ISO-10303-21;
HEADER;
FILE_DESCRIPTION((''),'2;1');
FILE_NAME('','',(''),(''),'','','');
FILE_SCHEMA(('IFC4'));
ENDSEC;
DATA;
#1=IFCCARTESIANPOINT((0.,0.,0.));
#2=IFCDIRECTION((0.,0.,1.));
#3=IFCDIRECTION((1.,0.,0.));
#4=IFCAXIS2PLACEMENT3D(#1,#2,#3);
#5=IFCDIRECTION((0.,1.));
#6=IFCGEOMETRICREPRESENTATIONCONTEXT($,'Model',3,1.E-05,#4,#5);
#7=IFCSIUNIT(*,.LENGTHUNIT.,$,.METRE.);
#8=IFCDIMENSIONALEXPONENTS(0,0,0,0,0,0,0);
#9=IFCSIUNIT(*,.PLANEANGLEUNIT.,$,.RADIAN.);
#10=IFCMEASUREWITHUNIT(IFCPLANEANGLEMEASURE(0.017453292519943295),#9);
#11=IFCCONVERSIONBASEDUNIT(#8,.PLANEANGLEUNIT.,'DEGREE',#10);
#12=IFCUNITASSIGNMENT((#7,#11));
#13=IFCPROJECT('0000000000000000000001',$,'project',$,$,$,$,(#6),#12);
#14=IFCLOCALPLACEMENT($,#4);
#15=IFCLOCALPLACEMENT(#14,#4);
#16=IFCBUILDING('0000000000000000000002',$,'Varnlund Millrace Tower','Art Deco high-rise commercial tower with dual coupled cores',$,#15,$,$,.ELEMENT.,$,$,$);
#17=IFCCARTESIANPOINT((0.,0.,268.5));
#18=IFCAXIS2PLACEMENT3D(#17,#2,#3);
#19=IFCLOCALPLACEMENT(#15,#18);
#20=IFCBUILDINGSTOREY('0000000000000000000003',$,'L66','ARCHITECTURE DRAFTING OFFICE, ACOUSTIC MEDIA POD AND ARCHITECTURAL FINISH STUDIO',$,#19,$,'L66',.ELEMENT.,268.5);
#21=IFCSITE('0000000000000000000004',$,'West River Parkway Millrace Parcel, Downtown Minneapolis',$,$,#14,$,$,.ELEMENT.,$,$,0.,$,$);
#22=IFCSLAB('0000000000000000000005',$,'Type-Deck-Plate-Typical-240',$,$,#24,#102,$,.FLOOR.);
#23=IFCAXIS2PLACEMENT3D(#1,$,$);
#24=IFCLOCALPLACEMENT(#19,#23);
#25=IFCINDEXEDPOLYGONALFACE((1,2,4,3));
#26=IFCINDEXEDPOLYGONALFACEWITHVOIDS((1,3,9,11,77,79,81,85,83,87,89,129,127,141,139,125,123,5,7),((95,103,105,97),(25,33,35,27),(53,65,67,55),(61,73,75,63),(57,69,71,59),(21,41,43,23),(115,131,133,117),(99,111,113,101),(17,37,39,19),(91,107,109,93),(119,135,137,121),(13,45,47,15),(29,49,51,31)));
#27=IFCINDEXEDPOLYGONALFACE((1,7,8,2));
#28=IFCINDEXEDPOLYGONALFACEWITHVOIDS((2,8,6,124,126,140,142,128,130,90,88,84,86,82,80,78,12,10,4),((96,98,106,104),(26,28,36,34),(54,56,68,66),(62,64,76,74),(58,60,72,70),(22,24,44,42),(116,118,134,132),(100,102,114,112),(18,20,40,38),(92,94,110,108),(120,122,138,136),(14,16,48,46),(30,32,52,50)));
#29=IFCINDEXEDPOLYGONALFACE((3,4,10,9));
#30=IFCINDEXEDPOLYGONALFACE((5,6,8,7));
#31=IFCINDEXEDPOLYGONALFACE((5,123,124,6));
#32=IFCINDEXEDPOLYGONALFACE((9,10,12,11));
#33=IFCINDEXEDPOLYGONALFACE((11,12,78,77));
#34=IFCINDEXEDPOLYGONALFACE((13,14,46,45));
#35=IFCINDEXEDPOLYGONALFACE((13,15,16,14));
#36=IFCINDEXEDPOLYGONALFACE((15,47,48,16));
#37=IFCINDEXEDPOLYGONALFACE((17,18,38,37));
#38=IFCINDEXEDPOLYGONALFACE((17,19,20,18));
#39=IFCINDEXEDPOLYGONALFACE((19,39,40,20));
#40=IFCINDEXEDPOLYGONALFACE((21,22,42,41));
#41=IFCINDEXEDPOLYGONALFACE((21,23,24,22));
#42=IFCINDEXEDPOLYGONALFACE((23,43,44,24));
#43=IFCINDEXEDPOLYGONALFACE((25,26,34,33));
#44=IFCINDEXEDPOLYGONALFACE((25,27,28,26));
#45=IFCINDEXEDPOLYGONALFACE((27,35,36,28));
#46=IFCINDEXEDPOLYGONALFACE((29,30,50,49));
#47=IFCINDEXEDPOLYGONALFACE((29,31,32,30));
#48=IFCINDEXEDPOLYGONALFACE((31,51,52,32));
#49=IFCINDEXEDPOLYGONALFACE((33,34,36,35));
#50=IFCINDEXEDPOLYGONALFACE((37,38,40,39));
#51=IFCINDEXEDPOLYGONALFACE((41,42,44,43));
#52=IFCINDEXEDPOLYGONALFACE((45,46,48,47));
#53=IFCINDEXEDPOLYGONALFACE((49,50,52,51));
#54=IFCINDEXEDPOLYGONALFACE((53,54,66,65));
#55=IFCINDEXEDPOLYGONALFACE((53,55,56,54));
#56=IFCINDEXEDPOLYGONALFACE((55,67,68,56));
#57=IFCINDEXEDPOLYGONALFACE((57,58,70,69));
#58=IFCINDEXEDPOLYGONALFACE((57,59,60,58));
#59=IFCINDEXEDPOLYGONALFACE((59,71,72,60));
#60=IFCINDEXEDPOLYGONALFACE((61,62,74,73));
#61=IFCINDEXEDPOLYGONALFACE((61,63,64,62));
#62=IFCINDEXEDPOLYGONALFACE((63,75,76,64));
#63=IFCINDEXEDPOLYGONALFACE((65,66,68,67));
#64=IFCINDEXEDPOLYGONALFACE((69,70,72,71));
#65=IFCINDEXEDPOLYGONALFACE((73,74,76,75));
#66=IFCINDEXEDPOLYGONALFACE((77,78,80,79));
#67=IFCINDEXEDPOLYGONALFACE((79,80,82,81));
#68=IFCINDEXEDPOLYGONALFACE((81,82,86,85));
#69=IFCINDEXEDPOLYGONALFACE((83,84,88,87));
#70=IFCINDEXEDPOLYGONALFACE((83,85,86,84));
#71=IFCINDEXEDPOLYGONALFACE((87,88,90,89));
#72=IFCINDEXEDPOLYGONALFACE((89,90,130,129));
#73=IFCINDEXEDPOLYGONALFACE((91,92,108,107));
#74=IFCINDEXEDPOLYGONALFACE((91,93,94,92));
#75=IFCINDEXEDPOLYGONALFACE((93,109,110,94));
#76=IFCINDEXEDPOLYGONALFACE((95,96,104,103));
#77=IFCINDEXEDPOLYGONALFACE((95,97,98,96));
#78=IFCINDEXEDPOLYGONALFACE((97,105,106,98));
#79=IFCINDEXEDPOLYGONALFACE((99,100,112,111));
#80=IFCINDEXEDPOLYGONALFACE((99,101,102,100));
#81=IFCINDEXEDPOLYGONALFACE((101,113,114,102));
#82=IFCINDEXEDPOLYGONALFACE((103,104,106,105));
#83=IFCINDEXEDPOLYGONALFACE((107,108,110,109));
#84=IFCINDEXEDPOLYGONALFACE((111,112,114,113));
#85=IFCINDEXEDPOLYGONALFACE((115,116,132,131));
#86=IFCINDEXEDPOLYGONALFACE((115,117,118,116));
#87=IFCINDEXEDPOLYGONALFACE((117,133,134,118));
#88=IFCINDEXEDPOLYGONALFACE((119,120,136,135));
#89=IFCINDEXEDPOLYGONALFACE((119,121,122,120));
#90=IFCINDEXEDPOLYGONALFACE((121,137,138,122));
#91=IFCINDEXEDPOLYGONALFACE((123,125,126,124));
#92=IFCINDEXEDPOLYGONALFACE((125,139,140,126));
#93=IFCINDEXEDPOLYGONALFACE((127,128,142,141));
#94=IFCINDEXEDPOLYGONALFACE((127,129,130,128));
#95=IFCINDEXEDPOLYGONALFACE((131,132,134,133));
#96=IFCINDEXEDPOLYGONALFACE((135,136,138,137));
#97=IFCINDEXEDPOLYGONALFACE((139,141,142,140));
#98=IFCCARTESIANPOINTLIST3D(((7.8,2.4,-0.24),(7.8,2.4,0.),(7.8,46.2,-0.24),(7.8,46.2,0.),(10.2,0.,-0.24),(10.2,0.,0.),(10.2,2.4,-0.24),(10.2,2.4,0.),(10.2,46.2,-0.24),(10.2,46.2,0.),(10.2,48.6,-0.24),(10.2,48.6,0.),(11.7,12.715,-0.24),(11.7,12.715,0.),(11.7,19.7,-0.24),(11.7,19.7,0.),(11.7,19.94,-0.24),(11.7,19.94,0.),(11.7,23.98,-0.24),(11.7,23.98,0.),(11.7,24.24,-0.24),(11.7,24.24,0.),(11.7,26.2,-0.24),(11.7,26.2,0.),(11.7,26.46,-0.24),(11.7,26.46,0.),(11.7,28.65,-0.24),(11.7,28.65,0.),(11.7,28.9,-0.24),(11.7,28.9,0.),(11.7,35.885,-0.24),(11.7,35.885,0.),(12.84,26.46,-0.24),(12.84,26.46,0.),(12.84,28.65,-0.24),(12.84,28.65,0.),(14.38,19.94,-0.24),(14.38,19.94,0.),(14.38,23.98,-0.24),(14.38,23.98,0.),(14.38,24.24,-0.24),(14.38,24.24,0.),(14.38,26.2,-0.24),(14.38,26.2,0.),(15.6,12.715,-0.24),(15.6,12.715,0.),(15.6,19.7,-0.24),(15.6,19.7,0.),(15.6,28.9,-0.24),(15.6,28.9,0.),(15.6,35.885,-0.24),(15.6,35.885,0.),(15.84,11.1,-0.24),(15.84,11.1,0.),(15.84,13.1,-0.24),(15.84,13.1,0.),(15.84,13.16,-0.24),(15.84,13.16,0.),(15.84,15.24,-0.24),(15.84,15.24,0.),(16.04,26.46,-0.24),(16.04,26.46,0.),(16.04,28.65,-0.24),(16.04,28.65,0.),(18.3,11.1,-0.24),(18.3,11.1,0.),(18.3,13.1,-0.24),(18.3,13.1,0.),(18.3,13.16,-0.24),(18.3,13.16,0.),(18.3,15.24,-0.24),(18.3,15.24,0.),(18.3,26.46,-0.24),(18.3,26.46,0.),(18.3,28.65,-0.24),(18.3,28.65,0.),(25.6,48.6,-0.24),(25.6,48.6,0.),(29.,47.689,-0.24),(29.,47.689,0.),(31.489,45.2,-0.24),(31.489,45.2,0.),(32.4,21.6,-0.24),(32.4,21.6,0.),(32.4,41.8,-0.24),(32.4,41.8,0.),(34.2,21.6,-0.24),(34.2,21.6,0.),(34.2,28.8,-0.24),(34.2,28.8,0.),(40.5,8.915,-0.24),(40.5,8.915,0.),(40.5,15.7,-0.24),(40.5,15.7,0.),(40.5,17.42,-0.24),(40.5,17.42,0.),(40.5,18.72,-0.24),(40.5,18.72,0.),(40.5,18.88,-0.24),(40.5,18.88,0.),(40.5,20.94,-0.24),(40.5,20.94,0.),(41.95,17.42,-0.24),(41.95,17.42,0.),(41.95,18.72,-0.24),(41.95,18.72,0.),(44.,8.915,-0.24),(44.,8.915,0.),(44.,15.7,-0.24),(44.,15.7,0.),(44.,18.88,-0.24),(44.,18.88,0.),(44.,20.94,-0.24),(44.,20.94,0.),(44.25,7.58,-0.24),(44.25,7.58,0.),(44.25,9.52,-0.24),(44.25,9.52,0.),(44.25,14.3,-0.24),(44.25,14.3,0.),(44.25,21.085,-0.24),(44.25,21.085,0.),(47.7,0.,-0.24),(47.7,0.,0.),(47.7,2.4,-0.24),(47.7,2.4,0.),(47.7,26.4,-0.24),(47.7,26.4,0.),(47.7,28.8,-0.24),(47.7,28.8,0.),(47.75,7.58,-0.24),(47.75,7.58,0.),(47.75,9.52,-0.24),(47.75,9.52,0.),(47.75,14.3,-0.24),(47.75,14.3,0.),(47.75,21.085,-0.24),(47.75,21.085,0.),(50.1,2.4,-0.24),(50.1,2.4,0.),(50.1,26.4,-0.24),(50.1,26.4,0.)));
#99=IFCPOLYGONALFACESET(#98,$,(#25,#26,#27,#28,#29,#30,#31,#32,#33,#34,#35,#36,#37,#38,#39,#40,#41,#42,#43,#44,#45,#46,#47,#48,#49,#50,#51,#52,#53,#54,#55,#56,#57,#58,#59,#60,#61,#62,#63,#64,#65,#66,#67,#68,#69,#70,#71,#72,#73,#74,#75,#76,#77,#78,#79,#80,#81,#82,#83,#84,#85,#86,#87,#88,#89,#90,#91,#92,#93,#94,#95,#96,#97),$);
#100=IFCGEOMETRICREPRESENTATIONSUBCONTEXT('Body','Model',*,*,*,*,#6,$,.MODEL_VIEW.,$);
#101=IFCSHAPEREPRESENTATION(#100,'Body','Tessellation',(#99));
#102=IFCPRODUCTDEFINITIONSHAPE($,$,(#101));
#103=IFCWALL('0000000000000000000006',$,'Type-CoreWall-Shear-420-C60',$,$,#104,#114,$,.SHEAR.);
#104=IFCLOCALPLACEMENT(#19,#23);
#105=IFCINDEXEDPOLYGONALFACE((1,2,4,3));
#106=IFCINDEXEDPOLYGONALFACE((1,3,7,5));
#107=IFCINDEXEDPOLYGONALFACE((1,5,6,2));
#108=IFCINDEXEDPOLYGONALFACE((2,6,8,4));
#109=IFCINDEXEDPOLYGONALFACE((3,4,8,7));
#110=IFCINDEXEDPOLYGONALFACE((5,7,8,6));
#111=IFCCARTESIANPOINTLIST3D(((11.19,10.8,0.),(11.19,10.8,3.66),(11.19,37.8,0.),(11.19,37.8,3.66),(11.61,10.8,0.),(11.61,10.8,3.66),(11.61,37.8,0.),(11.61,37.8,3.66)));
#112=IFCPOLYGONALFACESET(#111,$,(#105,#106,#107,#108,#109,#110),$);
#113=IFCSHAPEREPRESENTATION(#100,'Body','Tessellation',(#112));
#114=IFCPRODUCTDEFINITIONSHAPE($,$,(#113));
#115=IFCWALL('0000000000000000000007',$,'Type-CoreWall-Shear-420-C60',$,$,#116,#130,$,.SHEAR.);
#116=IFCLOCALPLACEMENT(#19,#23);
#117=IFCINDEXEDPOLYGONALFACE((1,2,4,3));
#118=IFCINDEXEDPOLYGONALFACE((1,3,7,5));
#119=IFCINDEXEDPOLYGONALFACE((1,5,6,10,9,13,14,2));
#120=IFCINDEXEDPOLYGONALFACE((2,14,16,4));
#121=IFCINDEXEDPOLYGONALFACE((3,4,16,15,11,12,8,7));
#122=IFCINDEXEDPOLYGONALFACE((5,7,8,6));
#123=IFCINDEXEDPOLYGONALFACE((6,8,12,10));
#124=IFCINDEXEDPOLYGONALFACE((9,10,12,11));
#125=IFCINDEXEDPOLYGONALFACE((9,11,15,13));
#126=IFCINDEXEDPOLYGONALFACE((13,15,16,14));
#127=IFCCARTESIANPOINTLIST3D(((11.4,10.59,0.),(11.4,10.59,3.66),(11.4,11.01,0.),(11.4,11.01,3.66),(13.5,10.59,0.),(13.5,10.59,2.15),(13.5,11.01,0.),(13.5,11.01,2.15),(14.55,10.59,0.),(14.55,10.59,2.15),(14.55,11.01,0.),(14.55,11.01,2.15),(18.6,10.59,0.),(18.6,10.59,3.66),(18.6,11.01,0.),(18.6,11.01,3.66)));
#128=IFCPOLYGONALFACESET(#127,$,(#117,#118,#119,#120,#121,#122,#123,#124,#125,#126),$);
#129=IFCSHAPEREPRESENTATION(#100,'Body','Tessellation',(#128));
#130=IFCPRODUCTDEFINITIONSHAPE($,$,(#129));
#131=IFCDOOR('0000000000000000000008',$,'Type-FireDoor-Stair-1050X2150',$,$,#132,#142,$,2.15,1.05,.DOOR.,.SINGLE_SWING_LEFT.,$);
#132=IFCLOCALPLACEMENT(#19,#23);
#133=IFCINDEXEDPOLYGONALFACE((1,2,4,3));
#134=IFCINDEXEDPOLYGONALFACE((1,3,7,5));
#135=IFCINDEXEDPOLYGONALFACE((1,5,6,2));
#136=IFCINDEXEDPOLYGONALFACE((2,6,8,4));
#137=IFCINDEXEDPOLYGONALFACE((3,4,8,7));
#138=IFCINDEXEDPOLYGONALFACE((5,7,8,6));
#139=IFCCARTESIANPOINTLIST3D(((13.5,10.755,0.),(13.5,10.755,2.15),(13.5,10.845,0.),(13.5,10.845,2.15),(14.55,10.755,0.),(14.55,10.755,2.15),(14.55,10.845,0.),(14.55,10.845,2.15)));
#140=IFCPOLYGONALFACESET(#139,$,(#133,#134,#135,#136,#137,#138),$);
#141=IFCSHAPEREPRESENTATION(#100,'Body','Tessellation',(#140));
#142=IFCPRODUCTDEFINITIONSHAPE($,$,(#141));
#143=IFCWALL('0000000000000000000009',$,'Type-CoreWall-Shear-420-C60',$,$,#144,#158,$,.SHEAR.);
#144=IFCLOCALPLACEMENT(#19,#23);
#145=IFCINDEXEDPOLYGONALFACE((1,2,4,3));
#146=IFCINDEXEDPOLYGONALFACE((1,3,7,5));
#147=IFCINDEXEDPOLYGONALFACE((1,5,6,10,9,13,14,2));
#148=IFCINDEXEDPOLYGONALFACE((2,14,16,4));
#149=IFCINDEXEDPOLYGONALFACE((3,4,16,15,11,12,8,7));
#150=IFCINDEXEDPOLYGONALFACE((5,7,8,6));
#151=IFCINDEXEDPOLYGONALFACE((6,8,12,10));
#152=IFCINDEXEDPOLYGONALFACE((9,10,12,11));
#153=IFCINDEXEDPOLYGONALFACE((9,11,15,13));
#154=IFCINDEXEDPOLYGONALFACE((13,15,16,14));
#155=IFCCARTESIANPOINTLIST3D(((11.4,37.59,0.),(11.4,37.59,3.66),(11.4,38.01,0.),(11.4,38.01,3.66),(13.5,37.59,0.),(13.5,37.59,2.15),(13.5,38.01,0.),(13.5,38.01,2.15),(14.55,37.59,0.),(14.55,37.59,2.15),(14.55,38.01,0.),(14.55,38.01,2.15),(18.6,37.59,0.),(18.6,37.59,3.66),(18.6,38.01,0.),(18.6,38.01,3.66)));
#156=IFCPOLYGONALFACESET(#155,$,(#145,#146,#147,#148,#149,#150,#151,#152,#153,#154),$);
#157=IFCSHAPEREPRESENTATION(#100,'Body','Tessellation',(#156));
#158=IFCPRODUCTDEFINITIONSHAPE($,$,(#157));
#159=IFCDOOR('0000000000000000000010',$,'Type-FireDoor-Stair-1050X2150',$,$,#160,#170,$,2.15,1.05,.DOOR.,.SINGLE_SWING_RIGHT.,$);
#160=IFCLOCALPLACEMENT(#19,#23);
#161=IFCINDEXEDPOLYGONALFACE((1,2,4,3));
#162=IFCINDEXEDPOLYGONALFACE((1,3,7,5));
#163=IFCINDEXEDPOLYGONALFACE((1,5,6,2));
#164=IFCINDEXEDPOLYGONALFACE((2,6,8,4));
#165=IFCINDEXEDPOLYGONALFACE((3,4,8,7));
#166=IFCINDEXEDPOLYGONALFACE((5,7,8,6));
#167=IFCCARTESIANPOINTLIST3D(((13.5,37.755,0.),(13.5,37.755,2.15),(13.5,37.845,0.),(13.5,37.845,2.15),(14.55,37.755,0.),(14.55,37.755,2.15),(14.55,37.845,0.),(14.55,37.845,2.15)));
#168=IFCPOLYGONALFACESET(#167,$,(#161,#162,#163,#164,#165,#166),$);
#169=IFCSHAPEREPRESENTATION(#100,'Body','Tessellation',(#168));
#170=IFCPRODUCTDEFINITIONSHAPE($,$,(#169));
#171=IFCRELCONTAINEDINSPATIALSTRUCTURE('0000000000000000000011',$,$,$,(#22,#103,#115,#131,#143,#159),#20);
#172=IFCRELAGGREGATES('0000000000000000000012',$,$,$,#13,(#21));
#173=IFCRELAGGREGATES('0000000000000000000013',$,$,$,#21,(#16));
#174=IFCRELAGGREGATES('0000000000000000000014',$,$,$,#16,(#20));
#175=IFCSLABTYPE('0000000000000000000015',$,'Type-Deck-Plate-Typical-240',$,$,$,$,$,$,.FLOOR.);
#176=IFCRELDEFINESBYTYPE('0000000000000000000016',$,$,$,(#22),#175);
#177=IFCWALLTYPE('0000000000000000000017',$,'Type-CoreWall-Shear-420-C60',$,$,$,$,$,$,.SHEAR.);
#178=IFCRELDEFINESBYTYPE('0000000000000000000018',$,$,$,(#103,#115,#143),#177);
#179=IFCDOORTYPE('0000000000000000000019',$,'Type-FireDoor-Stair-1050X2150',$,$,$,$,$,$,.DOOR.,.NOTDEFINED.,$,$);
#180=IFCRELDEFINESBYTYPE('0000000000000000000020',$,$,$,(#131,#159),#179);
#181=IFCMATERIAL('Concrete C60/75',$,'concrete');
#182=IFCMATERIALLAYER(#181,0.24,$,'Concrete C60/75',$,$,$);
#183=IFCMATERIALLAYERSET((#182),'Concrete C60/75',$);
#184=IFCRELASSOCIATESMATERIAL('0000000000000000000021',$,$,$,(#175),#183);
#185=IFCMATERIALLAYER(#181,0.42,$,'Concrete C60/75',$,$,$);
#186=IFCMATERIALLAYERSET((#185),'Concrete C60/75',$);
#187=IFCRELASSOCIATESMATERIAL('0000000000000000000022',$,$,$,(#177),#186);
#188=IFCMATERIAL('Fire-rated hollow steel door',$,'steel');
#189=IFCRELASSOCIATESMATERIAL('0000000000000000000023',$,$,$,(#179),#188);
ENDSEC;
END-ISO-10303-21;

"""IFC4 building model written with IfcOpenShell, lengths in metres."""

from ifc_helpers import new_model, entity, si_unit, converted_unit, direction, frame, origin_with_axes, origin_2d_with_axis, place, context, subcontext, project, spatial, polyline, rectangle, outline, extrude, material, layer, layer_set, type_object, element, fill, save


model = new_model("IFC4")

# Units and contexts
model_context = context("Model", 3, precision=1e-05, world=origin_with_axes(), true_north=direction((0.0, 1.0)))
body_context = subcontext(model_context, "Body", "Model", "MODEL_VIEW")
ifc_project = project(units=[si_unit("LENGTHUNIT", "METRE"), converted_unit("PLANEANGLEUNIT", "DEGREE", entity("IfcPlaneAngleMeasure", 0.017453292519943295), si_unit("PLANEANGLEUNIT", "RADIAN"), dimensions=[0, 0, 0, 0, 0, 0, 0])], contexts=[model_context])

# Site, building, storey
site_placement = place(None, origin_with_axes())
site = spatial("IfcSite", under=ifc_project, at=site_placement, Name="West River Parkway Millrace Parcel, Downtown Minneapolis", CompositionType="ELEMENT", RefElevation=0.0)
building_placement = place(site_placement, origin_with_axes())
building = spatial("IfcBuilding", under=site, at=building_placement, Name="Varnlund Millrace Tower", Description="Art Deco high-rise commercial tower with dual coupled cores", CompositionType="ELEMENT")
storey_placement = place(building_placement, frame((0.0, 0.0, 268.5), z_axis=(0.0, 0.0, 1.0), x_axis=(1.0, 0.0, 0.0)))
storey = spatial("IfcBuildingStorey", under=building, at=storey_placement, Name="L66", Description="ARCHITECTURE DRAFTING OFFICE, ACOUSTIC MEDIA POD AND ARCHITECTURAL FINISH STUDIO", LongName="L66", CompositionType="ELEMENT", Elevation=268.5)

# Slab
ifc_material_1 = material(Name="Concrete C60/75", Category="concrete")
ifc_layer_1 = layer(ifc_material_1, 0.24, Name="Concrete C60/75")
ifc_layer_set_1 = layer_set([ifc_layer_1], Name="Concrete C60/75")
slab_type = type_object("IfcSlabType", Name="Type-Deck-Plate-Typical-240", PredefinedType="FLOOR", material=ifc_layer_set_1)
slab_placement = place(storey_placement, frame((0.0, 0.0, -0.24), z_axis=(0.0, 0.0, 1.0), x_axis=(1.0, 0.0, 0.0)))
element("IfcSlab", 1, at=slab_placement, inside=storey, type_object=slab_type, Name="Type-Deck-Plate-Typical-240", PredefinedType="FLOOR", context=body_context, shape_type="SweptSolid", body=[
    extrude(outline(polyline([(32.4, 21.6), (32.4, 41.8), (31.489, 45.2), (29.0, 47.689), (25.6, 48.6), (10.2, 48.6), (10.2, 46.2), (7.8, 46.2), (7.8, 2.4), (10.2, 2.4), (10.2, 0.0), (47.7, 0.0), (47.7, 2.4), (50.1, 2.4), (50.1, 26.4), (47.7, 26.4), (47.7, 28.8), (34.2, 28.8), (34.2, 21.6), (32.4, 21.6)]), holes=[polyline([(18.3, 13.1), (18.3, 11.1), (15.84, 11.1), (15.84, 13.1), (18.3, 13.1)]), polyline([(15.6, 12.715), (11.7, 12.715), (11.7, 19.7), (15.6, 19.7), (15.6, 12.715)]), polyline([(11.7, 19.94), (11.7, 23.98), (14.38, 23.98), (14.38, 19.94), (11.7, 19.94)]), polyline([(14.38, 24.24), (11.7, 24.24), (11.7, 26.2), (14.38, 26.2), (14.38, 24.24)]), polyline([(12.84, 26.46), (11.7, 26.46), (11.7, 28.65), (12.84, 28.65), (12.84, 26.46)]), polyline([(15.6, 28.9), (11.7, 28.9), (11.7, 35.885), (15.6, 35.885), (15.6, 28.9)]), polyline([(47.75, 9.52), (47.75, 7.58), (44.25, 7.58), (44.25, 9.52), (47.75, 9.52)]), polyline([(44.0, 8.915), (40.5, 8.915), (40.5, 15.7), (44.0, 15.7), (44.0, 8.915)]), polyline([(18.3, 13.16), (15.84, 13.16), (15.84, 15.24), (18.3, 15.24), (18.3, 13.16)]), polyline([(47.75, 14.3), (44.25, 14.3), (44.25, 21.085), (47.75, 21.085), (47.75, 14.3)]), polyline([(41.95, 17.42), (40.5, 17.42), (40.5, 18.72), (41.95, 18.72), (41.95, 17.42)]), polyline([(44.0, 18.88), (40.5, 18.88), (40.5, 20.94), (44.0, 20.94), (44.0, 18.88)]), polyline([(18.3, 26.46), (16.04, 26.46), (16.04, 28.65), (18.3, 28.65), (18.3, 26.46)])]), origin_with_axes(), (0.0, 0.0, 1.0), 0.24),
])

# Wall
ifc_layer_2 = layer(ifc_material_1, 0.42, Name="Concrete C60/75")
ifc_layer_set_2 = layer_set([ifc_layer_2], Name="Concrete C60/75")
wall_type_1 = type_object("IfcWallType", Name="Type-CoreWall-Shear-420-C60", PredefinedType="SHEAR", material=ifc_layer_set_2)
wall_1_placement = place(storey_placement, frame((11.4, 10.8, 0.0), z_axis=(0.0, 0.0, 1.0), x_axis=(0.0, 1.0, 0.0)))
element("IfcWall", 2, at=wall_1_placement, inside=storey, type_object=wall_type_1, Name="Type-CoreWall-Shear-420-C60", PredefinedType="SHEAR", context=body_context, shape_type="SweptSolid", body=[
    extrude(outline(polyline([(0.0, -0.21), (27.0, -0.21), (27.0, 0.21), (0.0, 0.21), (0.0, -0.21)])), origin_with_axes(), (0.0, 0.0, 1.0), 3.66),
])

# Walls, openings, doors
wall_2_placement = place(storey_placement, frame((11.4, 10.8, 0.0), z_axis=(0.0, 0.0, 1.0), x_axis=(1.0, 0.0, 0.0)))
wall_2 = element("IfcWall", 3, at=wall_2_placement, inside=storey, type_object=wall_type_1, Name="Type-CoreWall-Shear-420-C60", PredefinedType="SHEAR", context=body_context, shape_type="SweptSolid", body=[
    extrude(outline(polyline([(0.0, -0.21), (7.2, -0.21), (7.2, 0.21), (0.0, 0.21), (0.0, -0.21)])), origin_with_axes(), (0.0, 0.0, 1.0), 3.66),
])
opening_1_placement = place(wall_2_placement, frame((2.625, 0.0, 0.0), z_axis=(0.0, 0.0, 1.0), x_axis=(1.0, 0.0, 0.0)))
opening_1 = element("IfcOpeningElement", 4, at=opening_1_placement, cuts=wall_2, PredefinedType="OPENING", context=body_context, shape_type="SweptSolid", body=[
    extrude(rectangle(XDim=1.05, YDim=0.44, at=origin_2d_with_axis()), origin_with_axes(), (0.0, 0.0, 1.0), 2.15),
])
ifc_material_2 = material(Name="Fire-rated hollow steel door", Category="steel")
door_type_1 = type_object("IfcDoorType", Name="Type-FireDoor-Stair-1050X2150", OperationType="NOTDEFINED", PredefinedType="DOOR", material=ifc_material_2)
door_1_placement = place(wall_2_placement, frame((2.625, 0.0, 0.0), z_axis=(0.0, 0.0, 1.0), x_axis=(1.0, 0.0, 0.0)))
door_1 = element("IfcDoor", 5, at=door_1_placement, inside=storey, type_object=door_type_1, Name="Type-FireDoor-Stair-1050X2150", OperationType="SINGLE_SWING_LEFT", OverallHeight=2.15, OverallWidth=1.05, PredefinedType="DOOR", context=body_context, shape_type="SweptSolid", body=[
    extrude(rectangle(XDim=1.05, YDim=0.09, at=origin_2d_with_axis()), origin_with_axes(), (0.0, 0.0, 1.0), 2.15),
])
fill(opening_1, door_1)
wall_3_placement = place(storey_placement, frame((11.4, 37.8, 0.0), z_axis=(0.0, 0.0, 1.0), x_axis=(1.0, 0.0, 0.0)))
wall_3 = element("IfcWall", 6, at=wall_3_placement, inside=storey, type_object=wall_type_1, Name="Type-CoreWall-Shear-420-C60", PredefinedType="SHEAR", context=body_context, shape_type="SweptSolid", body=[
    extrude(outline(polyline([(0.0, -0.21), (7.2, -0.21), (7.2, 0.21), (0.0, 0.21), (0.0, -0.21)])), origin_with_axes(), (0.0, 0.0, 1.0), 3.66),
])
opening_2_placement = place(wall_3_placement, frame((2.625, 0.0, 0.0), z_axis=(0.0, 0.0, 1.0), x_axis=(1.0, 0.0, 0.0)))
opening_2 = element("IfcOpeningElement", 7, at=opening_2_placement, cuts=wall_3, PredefinedType="OPENING", context=body_context, shape_type="SweptSolid", body=[
    extrude(rectangle(XDim=1.05, YDim=0.44, at=origin_2d_with_axis()), origin_with_axes(), (0.0, 0.0, 1.0), 2.15),
])
door_2_placement = place(wall_3_placement, frame((2.625, 0.0, 0.0), z_axis=(0.0, 0.0, 1.0), x_axis=(1.0, 0.0, 0.0)))
door_2 = element("IfcDoor", 8, at=door_2_placement, inside=storey, type_object=door_type_1, Name="Type-FireDoor-Stair-1050X2150", OperationType="SINGLE_SWING_RIGHT", OverallHeight=2.15, OverallWidth=1.05, PredefinedType="DOOR", context=body_context, shape_type="SweptSolid", body=[
    extrude(rectangle(XDim=1.05, YDim=0.09, at=origin_2d_with_axis()), origin_with_axes(), (0.0, 0.0, 1.0), 2.15),
])
fill(opening_2, door_2)

save(model, "model.ifc")
